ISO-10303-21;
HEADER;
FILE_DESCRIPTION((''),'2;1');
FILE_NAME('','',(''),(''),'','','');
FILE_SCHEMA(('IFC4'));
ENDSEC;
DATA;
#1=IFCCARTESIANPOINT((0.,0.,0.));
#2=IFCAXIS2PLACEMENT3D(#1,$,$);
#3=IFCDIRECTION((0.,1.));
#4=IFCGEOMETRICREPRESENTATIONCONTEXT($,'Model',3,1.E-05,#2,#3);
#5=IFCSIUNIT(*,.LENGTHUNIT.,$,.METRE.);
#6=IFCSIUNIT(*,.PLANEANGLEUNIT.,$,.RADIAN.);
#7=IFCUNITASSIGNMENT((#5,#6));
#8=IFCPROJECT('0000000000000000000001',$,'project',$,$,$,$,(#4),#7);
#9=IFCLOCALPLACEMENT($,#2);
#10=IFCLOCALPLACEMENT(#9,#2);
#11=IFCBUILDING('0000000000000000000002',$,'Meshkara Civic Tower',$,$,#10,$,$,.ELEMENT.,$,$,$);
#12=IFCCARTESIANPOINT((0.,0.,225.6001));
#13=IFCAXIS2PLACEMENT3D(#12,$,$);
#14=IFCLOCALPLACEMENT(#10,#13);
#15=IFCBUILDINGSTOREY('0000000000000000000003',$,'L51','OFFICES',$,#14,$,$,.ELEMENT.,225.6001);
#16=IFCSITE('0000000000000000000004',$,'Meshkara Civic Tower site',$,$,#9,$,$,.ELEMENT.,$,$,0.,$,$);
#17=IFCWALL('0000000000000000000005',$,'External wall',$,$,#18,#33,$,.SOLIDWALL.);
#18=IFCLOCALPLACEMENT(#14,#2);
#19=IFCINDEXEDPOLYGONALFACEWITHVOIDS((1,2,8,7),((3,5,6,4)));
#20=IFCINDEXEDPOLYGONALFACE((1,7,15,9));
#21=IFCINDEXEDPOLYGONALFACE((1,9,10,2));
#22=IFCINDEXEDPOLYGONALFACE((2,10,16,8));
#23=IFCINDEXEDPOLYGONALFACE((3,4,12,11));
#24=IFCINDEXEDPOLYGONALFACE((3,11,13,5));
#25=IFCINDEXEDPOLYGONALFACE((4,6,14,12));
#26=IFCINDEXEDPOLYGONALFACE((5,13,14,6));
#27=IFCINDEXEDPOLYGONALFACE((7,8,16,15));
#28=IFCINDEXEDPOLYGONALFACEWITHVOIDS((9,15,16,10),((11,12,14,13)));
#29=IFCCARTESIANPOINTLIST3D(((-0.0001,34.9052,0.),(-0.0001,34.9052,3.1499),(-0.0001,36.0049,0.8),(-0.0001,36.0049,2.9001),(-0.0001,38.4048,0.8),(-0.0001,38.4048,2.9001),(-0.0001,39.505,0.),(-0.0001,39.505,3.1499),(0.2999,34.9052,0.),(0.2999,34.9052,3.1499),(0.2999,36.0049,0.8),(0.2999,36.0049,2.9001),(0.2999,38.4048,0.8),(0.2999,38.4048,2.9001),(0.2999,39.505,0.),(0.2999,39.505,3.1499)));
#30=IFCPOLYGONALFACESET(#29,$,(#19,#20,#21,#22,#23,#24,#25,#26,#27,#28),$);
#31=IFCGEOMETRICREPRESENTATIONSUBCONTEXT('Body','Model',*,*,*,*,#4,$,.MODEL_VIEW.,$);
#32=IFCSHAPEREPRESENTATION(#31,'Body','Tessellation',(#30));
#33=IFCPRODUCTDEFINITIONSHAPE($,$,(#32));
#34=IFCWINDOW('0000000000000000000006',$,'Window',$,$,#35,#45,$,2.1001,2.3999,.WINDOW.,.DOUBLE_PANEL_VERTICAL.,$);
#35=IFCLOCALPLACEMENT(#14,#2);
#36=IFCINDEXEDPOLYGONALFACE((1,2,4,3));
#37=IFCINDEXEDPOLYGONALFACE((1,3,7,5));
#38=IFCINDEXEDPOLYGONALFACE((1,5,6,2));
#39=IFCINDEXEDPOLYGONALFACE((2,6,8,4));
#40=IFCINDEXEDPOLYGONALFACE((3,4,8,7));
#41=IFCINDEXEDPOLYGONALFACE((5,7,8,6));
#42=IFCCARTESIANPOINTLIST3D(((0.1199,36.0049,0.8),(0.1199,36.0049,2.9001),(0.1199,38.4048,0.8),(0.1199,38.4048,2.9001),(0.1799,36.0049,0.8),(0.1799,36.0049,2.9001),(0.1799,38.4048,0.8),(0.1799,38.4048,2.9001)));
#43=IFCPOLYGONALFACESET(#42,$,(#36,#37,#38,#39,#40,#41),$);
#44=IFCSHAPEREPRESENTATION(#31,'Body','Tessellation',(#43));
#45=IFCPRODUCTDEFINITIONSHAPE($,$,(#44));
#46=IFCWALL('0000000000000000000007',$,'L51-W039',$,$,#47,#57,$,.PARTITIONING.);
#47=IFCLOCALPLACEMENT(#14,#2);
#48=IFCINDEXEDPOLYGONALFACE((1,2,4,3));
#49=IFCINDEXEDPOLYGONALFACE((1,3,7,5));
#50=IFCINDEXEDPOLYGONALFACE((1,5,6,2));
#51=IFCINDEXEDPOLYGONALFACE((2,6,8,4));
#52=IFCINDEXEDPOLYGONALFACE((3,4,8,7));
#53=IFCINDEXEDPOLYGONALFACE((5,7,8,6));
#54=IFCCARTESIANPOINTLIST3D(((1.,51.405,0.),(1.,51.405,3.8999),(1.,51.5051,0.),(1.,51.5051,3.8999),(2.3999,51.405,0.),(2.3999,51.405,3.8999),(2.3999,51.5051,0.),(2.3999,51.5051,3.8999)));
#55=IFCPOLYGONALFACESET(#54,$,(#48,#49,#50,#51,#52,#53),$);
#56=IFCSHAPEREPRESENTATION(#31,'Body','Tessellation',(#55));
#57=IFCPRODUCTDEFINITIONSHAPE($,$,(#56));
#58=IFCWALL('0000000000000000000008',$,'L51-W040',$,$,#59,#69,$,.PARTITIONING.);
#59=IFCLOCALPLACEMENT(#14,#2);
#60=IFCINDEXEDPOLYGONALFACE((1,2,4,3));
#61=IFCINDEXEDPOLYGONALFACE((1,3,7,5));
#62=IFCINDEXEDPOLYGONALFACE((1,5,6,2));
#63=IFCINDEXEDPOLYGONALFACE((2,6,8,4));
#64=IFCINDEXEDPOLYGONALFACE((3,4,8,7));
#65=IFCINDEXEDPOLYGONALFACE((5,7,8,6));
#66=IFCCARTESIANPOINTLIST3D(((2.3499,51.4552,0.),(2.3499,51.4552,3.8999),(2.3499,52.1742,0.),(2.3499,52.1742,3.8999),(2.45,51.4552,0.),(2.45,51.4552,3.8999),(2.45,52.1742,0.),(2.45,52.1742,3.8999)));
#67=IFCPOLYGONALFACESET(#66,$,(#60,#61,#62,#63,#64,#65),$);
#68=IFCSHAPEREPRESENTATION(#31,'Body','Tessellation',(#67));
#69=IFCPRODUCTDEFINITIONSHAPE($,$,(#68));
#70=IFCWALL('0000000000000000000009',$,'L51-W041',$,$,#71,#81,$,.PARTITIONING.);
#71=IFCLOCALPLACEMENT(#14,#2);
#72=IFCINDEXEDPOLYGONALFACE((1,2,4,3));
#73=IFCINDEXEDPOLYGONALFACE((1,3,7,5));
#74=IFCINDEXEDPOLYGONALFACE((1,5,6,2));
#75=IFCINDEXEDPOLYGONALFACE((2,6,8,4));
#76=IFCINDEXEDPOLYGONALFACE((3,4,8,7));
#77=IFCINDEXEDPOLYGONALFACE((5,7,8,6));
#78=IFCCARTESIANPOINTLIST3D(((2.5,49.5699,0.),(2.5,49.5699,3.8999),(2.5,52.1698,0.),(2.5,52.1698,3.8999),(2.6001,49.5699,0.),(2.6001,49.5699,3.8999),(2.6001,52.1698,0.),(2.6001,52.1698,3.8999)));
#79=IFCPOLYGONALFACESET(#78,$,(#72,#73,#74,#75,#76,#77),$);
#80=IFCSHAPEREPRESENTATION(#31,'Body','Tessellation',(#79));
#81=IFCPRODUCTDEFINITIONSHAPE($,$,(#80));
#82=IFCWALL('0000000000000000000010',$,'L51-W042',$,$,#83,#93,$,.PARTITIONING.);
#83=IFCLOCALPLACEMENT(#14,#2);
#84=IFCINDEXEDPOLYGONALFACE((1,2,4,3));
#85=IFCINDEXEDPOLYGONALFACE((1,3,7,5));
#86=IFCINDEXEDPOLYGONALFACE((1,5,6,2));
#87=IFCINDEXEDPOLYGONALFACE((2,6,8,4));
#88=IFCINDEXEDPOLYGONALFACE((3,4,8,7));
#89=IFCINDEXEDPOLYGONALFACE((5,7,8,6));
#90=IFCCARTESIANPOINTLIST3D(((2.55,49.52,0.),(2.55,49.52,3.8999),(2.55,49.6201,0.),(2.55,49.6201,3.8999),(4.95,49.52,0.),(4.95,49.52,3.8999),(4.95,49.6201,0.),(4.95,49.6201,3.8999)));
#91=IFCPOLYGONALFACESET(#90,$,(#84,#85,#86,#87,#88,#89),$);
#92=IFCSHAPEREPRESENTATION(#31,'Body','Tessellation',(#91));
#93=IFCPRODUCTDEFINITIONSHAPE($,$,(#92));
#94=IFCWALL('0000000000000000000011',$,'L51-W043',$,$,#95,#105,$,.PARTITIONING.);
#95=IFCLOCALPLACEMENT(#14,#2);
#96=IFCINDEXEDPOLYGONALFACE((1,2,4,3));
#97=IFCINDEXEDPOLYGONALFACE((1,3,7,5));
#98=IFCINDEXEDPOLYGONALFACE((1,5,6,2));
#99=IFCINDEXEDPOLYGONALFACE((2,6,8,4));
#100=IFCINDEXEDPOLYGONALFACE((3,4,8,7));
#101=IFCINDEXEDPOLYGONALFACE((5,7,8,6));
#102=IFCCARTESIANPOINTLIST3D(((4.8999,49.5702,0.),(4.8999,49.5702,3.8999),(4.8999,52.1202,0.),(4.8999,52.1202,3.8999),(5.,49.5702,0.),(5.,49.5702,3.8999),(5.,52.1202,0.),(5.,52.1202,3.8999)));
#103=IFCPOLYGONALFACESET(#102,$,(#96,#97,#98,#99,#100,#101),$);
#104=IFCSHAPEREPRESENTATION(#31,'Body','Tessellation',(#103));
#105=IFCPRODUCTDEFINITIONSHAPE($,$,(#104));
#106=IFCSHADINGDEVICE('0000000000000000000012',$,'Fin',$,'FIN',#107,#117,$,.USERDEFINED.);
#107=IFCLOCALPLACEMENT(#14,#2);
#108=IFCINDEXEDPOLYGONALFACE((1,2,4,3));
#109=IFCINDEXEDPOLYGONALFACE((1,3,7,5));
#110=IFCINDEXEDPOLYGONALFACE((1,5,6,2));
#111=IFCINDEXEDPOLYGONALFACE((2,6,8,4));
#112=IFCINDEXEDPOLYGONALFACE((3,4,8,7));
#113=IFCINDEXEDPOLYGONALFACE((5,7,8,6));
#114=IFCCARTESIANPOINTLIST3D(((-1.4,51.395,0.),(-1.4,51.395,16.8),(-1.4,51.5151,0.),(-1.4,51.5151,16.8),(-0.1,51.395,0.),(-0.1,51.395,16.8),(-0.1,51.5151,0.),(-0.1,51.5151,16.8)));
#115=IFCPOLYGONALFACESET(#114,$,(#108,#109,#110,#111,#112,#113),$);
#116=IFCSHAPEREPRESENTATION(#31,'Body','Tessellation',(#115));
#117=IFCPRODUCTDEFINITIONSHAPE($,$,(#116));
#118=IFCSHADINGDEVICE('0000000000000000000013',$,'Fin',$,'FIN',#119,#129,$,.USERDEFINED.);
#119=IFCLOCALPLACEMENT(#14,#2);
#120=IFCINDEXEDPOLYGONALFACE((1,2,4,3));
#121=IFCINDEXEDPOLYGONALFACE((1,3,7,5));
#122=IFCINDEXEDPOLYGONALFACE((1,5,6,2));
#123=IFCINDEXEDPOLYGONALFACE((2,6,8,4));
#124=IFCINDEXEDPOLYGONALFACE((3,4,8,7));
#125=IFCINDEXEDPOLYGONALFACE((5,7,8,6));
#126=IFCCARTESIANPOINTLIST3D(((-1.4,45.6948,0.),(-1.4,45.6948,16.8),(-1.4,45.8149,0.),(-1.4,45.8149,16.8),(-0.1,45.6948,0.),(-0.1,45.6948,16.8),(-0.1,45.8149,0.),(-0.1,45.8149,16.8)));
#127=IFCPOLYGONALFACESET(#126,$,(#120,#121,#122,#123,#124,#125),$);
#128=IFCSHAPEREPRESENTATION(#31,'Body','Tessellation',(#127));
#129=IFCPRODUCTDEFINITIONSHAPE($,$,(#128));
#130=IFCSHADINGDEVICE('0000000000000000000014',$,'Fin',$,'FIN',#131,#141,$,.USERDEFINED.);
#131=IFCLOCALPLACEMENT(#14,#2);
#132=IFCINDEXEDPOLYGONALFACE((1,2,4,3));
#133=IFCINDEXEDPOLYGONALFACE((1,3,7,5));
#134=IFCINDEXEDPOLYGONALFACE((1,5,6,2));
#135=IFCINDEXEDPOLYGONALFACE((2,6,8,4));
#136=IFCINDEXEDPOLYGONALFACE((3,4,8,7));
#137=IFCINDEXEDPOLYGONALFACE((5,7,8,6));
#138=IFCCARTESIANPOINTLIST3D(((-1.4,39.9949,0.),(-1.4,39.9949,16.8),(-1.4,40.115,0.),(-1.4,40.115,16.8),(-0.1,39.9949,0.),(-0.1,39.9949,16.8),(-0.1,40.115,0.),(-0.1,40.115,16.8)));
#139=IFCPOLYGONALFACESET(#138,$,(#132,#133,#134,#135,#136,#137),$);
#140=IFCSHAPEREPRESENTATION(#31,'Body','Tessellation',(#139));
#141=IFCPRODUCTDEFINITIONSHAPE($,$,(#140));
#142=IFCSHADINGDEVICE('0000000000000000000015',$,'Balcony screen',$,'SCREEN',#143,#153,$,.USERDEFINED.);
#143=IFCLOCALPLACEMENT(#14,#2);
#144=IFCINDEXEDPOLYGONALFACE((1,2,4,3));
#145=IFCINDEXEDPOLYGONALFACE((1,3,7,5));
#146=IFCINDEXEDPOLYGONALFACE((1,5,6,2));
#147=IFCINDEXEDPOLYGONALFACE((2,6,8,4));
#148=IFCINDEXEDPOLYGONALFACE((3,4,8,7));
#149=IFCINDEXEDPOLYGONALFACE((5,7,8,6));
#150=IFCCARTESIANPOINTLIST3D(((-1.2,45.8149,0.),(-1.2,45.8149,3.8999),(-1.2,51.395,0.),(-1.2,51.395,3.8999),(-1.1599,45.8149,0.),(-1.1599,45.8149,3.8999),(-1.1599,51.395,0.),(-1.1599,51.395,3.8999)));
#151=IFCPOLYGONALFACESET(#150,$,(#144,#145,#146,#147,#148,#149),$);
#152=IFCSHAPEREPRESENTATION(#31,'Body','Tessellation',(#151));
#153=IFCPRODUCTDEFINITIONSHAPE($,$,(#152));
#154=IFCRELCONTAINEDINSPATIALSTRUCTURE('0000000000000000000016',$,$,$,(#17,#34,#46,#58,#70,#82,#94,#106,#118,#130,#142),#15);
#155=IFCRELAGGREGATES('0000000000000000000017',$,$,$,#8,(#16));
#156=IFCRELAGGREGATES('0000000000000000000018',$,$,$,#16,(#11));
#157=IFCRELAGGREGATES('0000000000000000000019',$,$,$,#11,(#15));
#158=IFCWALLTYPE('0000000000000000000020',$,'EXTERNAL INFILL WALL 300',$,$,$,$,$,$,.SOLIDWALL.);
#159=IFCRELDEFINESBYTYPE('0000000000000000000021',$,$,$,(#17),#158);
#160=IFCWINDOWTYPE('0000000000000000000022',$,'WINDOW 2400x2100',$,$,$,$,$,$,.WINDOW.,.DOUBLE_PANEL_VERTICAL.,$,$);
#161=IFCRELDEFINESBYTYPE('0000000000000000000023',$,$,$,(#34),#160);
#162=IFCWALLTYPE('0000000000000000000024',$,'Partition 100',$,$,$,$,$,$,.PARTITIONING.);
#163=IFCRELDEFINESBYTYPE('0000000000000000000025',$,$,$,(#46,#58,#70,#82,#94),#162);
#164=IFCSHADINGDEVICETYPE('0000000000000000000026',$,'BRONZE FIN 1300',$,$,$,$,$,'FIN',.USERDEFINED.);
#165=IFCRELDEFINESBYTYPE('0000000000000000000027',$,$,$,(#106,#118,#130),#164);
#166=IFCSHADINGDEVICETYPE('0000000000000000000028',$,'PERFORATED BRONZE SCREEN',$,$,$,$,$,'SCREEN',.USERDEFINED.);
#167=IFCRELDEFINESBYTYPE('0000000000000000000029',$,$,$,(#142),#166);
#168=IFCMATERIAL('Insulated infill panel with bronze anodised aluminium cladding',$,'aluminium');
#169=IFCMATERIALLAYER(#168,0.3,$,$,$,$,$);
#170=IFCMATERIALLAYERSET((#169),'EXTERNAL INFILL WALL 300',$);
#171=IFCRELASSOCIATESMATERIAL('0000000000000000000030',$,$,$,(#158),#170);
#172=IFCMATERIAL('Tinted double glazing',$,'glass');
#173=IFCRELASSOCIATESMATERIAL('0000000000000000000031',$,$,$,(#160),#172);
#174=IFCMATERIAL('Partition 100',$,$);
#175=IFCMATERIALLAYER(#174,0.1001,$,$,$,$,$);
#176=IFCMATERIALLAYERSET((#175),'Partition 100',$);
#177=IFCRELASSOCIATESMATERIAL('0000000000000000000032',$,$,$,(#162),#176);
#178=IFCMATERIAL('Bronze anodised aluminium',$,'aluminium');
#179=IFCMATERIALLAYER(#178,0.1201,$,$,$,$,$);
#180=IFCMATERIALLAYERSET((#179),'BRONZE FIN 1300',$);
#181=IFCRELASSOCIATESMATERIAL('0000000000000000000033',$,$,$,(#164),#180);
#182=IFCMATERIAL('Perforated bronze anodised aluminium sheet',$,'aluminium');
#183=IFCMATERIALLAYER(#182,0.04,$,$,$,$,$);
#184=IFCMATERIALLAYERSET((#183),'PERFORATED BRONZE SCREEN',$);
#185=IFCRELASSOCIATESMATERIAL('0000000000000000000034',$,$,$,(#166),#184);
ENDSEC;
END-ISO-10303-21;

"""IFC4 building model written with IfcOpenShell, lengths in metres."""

from ifc_helpers import new_model, si_unit, direction, frame, frame_2d, origin, origin_2d, place, context, subcontext, project, spatial, rectangle, extrude, material, layer, layer_set, type_object, element, fill, save


model = new_model("IFC4")

# Units and contexts
model_context = context("Model", 3, precision=1e-05, world=origin(), true_north=direction((0.0, 1.0)))
body_context = subcontext(model_context, "Body", "Model", "MODEL_VIEW")
ifc_project = project(units=[si_unit("LENGTHUNIT", "METRE"), si_unit("PLANEANGLEUNIT", "RADIAN")], contexts=[model_context])

# Site, building, storey
site_placement = place(None, origin())
site = spatial("IfcSite", under=ifc_project, at=site_placement, Name="Meshkara Civic Tower site", CompositionType="ELEMENT", RefElevation=0.0)
building_placement = place(site_placement, origin())
building = spatial("IfcBuilding", under=site, at=building_placement, Name="Meshkara Civic Tower", CompositionType="ELEMENT")
storey_placement = place(building_placement, frame((0.0, 0.0, 225.6001)))
storey = spatial("IfcBuildingStorey", under=building, at=storey_placement, Name="L51", Description="OFFICES", CompositionType="ELEMENT", Elevation=225.6001)

# Wall, opening, window
ifc_material_1 = material(Name="Insulated infill panel with bronze anodised aluminium cladding", Category="aluminium")
ifc_layer_1 = layer(ifc_material_1, 0.3)
ifc_layer_set_1 = layer_set([ifc_layer_1], Name="EXTERNAL INFILL WALL 300")
wall_type_1 = type_object("IfcWallType", Name="EXTERNAL INFILL WALL 300", PredefinedType="SOLIDWALL", material=ifc_layer_set_1)
ifc_material_2 = material(Name="Tinted double glazing", Category="glass")
window_type = type_object("IfcWindowType", Name="WINDOW 2400x2100", PartitioningType="DOUBLE_PANEL_VERTICAL", PredefinedType="WINDOW", material=ifc_material_2)
wall_1_placement = place(storey_placement, frame((0.1499, 39.5049, 0.0), z_axis=(0.0, 0.0, 1.0), x_axis=(0.0, -1.0, 0.0)))
wall_1 = element("IfcWall", 1, at=wall_1_placement, inside=storey, type_object=wall_type_1, Name="External wall", PredefinedType="SOLIDWALL", context=body_context, shape_type="SweptSolid", body=[
    extrude(rectangle(XDim=4.5999, YDim=0.3, at=frame_2d((2.2998, 0.0))), origin(), (0.0, 0.0, 1.0), 3.1499),
])
opening_1_placement = place(wall_1_placement, frame((1.1001, 0.0, 0.8)))
opening_1 = element("IfcOpeningElement", 2, at=opening_1_placement, cuts=wall_1, PredefinedType="OPENING", context=body_context, shape_type="SweptSolid", body=[
    extrude(rectangle(XDim=2.3999, YDim=2.1001, at=frame_2d((1.2, 1.05))), frame((0.0, 0.1599, 0.0), z_axis=(0.0, -1.0, 0.0), x_axis=(1.0, 0.0, 0.0)), (0.0, 0.0, 1.0), 0.3201),
])
window_1_placement = place(opening_1_placement, origin())
window_1 = element("IfcWindow", 3, at=window_1_placement, inside=storey, type_object=window_type, Name="Window", OverallHeight=2.1001, OverallWidth=2.3999, PartitioningType="DOUBLE_PANEL_VERTICAL", PredefinedType="WINDOW", context=body_context, shape_type="SweptSolid", body=[
    extrude(rectangle(XDim=2.3999, YDim=2.1001, at=frame_2d((1.2, 1.05))), frame((0.0, 0.03, 0.0), z_axis=(0.0, -1.0, 0.0), x_axis=(1.0, 0.0, 0.0)), (0.0, 0.0, 1.0), 0.0601),
])
fill(opening_1, window_1)

# Walls
ifc_material_3 = material(Name="Partition 100")
ifc_layer_2 = layer(ifc_material_3, 0.1001)
ifc_layer_set_2 = layer_set([ifc_layer_2], Name="Partition 100")
wall_type_2 = type_object("IfcWallType", Name="Partition 100", PredefinedType="PARTITIONING", material=ifc_layer_set_2)
wall_2_placement = place(storey_placement, frame((2.3999, 51.4551, 0.0), z_axis=(0.0, 0.0, 1.0), x_axis=(-1.0, 0.0, 0.0)))
element("IfcWall", 4, at=wall_2_placement, inside=storey, type_object=wall_type_2, Name="L51-W039", PredefinedType="PARTITIONING", context=body_context, shape_type="SweptSolid", body=[
    extrude(rectangle(XDim=1.3999, YDim=0.1001, at=frame_2d((0.7, 0.0))), origin(), (0.0, 0.0, 1.0), 3.8999),
])
wall_3_placement = place(storey_placement, frame((2.3999, 52.1741, 0.0), z_axis=(0.0, 0.0, 1.0), x_axis=(0.0, -1.0, 0.0)))
element("IfcWall", 5, at=wall_3_placement, inside=storey, type_object=wall_type_2, Name="L51-W040", PredefinedType="PARTITIONING", context=body_context, shape_type="SweptSolid", body=[
    extrude(rectangle(XDim=0.719, YDim=0.1001, at=frame_2d((0.3594, 0.0))), origin(), (0.0, 0.0, 1.0), 3.8999),
])
wall_4_placement = place(storey_placement, frame((2.55, 49.5701, 0.0), z_axis=(0.0, 0.0, 1.0), x_axis=(0.0, 1.0, 0.0)))
element("IfcWall", 6, at=wall_4_placement, inside=storey, type_object=wall_type_2, Name="L51-W041", PredefinedType="PARTITIONING", context=body_context, shape_type="SweptSolid", body=[
    extrude(rectangle(XDim=2.5999, YDim=0.1001, at=frame_2d((1.2998, 0.0))), origin(), (0.0, 0.0, 1.0), 3.8999),
])
wall_5_placement = place(storey_placement, frame((4.95, 49.5701, 0.0), z_axis=(0.0, 0.0, 1.0), x_axis=(-1.0, 0.0, 0.0)))
element("IfcWall", 7, at=wall_5_placement, inside=storey, type_object=wall_type_2, Name="L51-W042", PredefinedType="PARTITIONING", context=body_context, shape_type="SweptSolid", body=[
    extrude(rectangle(XDim=2.3999, YDim=0.1001, at=frame_2d((1.2, 0.0))), origin(), (0.0, 0.0, 1.0), 3.8999),
])
wall_6_placement = place(storey_placement, frame((4.95, 52.1201, 0.0), z_axis=(0.0, 0.0, 1.0), x_axis=(0.0, -1.0, 0.0)))
element("IfcWall", 8, at=wall_6_placement, inside=storey, type_object=wall_type_2, Name="L51-W043", PredefinedType="PARTITIONING", context=body_context, shape_type="SweptSolid", body=[
    extrude(rectangle(XDim=2.55, YDim=0.1001, at=frame_2d((1.2749, 0.0))), origin(), (0.0, 0.0, 1.0), 3.8999),
])

# Shading devices
ifc_material_4 = material(Name="Bronze anodised aluminium", Category="aluminium")
ifc_layer_3 = layer(ifc_material_4, 0.1201)
ifc_layer_set_3 = layer_set([ifc_layer_3], Name="BRONZE FIN 1300")
shading_device_type_1 = type_object("IfcShadingDeviceType", Name="BRONZE FIN 1300", ElementType="FIN", PredefinedType="USERDEFINED", material=ifc_layer_set_3)
for number, where, z_axis, x_axis, name in (
    (9, (-0.75, 51.4551, 0.0), (0.0, 0.0, 1.0), (0.0, -1.0, 0.0), "Fin"),
    (10, (-0.75, 45.7549, 0.0), (0.0, 0.0, 1.0), (0.0, -1.0, 0.0), "Fin"),
    (11, (-0.75, 40.0549, 0.0), (0.0, 0.0, 1.0), (0.0, -1.0, 0.0), "Fin"),
):
    element("IfcShadingDevice", number, at=place(storey_placement, frame(where, z_axis=z_axis, x_axis=x_axis)), inside=storey, type_object=shading_device_type_1, Name=name, ObjectType="FIN", PredefinedType="USERDEFINED", context=body_context, shape_type="SweptSolid", body=[
        extrude(rectangle(XDim=0.1201, YDim=1.3, at=origin_2d()), origin(), (0.0, 0.0, 1.0), 16.8),
    ])
ifc_material_5 = material(Name="Perforated bronze anodised aluminium sheet", Category="aluminium")
ifc_layer_4 = layer(ifc_material_5, 0.04)
ifc_layer_set_4 = layer_set([ifc_layer_4], Name="PERFORATED BRONZE SCREEN")
shading_device_type_2 = type_object("IfcShadingDeviceType", Name="PERFORATED BRONZE SCREEN", ElementType="SCREEN", PredefinedType="USERDEFINED", material=ifc_layer_set_4)
shading_device_placement = place(storey_placement, frame((-1.1799, 48.605, 0.0), z_axis=(0.0, 0.0, 1.0), x_axis=(0.0, -1.0, 0.0)))
element("IfcShadingDevice", 12, at=shading_device_placement, inside=storey, type_object=shading_device_type_2, Name="Balcony screen", ObjectType="SCREEN", PredefinedType="USERDEFINED", context=body_context, shape_type="SweptSolid", body=[
    extrude(rectangle(XDim=5.5801, YDim=0.04, at=origin_2d()), origin(), (0.0, 0.0, 1.0), 3.8999),
])

save(model, "model.ifc")
